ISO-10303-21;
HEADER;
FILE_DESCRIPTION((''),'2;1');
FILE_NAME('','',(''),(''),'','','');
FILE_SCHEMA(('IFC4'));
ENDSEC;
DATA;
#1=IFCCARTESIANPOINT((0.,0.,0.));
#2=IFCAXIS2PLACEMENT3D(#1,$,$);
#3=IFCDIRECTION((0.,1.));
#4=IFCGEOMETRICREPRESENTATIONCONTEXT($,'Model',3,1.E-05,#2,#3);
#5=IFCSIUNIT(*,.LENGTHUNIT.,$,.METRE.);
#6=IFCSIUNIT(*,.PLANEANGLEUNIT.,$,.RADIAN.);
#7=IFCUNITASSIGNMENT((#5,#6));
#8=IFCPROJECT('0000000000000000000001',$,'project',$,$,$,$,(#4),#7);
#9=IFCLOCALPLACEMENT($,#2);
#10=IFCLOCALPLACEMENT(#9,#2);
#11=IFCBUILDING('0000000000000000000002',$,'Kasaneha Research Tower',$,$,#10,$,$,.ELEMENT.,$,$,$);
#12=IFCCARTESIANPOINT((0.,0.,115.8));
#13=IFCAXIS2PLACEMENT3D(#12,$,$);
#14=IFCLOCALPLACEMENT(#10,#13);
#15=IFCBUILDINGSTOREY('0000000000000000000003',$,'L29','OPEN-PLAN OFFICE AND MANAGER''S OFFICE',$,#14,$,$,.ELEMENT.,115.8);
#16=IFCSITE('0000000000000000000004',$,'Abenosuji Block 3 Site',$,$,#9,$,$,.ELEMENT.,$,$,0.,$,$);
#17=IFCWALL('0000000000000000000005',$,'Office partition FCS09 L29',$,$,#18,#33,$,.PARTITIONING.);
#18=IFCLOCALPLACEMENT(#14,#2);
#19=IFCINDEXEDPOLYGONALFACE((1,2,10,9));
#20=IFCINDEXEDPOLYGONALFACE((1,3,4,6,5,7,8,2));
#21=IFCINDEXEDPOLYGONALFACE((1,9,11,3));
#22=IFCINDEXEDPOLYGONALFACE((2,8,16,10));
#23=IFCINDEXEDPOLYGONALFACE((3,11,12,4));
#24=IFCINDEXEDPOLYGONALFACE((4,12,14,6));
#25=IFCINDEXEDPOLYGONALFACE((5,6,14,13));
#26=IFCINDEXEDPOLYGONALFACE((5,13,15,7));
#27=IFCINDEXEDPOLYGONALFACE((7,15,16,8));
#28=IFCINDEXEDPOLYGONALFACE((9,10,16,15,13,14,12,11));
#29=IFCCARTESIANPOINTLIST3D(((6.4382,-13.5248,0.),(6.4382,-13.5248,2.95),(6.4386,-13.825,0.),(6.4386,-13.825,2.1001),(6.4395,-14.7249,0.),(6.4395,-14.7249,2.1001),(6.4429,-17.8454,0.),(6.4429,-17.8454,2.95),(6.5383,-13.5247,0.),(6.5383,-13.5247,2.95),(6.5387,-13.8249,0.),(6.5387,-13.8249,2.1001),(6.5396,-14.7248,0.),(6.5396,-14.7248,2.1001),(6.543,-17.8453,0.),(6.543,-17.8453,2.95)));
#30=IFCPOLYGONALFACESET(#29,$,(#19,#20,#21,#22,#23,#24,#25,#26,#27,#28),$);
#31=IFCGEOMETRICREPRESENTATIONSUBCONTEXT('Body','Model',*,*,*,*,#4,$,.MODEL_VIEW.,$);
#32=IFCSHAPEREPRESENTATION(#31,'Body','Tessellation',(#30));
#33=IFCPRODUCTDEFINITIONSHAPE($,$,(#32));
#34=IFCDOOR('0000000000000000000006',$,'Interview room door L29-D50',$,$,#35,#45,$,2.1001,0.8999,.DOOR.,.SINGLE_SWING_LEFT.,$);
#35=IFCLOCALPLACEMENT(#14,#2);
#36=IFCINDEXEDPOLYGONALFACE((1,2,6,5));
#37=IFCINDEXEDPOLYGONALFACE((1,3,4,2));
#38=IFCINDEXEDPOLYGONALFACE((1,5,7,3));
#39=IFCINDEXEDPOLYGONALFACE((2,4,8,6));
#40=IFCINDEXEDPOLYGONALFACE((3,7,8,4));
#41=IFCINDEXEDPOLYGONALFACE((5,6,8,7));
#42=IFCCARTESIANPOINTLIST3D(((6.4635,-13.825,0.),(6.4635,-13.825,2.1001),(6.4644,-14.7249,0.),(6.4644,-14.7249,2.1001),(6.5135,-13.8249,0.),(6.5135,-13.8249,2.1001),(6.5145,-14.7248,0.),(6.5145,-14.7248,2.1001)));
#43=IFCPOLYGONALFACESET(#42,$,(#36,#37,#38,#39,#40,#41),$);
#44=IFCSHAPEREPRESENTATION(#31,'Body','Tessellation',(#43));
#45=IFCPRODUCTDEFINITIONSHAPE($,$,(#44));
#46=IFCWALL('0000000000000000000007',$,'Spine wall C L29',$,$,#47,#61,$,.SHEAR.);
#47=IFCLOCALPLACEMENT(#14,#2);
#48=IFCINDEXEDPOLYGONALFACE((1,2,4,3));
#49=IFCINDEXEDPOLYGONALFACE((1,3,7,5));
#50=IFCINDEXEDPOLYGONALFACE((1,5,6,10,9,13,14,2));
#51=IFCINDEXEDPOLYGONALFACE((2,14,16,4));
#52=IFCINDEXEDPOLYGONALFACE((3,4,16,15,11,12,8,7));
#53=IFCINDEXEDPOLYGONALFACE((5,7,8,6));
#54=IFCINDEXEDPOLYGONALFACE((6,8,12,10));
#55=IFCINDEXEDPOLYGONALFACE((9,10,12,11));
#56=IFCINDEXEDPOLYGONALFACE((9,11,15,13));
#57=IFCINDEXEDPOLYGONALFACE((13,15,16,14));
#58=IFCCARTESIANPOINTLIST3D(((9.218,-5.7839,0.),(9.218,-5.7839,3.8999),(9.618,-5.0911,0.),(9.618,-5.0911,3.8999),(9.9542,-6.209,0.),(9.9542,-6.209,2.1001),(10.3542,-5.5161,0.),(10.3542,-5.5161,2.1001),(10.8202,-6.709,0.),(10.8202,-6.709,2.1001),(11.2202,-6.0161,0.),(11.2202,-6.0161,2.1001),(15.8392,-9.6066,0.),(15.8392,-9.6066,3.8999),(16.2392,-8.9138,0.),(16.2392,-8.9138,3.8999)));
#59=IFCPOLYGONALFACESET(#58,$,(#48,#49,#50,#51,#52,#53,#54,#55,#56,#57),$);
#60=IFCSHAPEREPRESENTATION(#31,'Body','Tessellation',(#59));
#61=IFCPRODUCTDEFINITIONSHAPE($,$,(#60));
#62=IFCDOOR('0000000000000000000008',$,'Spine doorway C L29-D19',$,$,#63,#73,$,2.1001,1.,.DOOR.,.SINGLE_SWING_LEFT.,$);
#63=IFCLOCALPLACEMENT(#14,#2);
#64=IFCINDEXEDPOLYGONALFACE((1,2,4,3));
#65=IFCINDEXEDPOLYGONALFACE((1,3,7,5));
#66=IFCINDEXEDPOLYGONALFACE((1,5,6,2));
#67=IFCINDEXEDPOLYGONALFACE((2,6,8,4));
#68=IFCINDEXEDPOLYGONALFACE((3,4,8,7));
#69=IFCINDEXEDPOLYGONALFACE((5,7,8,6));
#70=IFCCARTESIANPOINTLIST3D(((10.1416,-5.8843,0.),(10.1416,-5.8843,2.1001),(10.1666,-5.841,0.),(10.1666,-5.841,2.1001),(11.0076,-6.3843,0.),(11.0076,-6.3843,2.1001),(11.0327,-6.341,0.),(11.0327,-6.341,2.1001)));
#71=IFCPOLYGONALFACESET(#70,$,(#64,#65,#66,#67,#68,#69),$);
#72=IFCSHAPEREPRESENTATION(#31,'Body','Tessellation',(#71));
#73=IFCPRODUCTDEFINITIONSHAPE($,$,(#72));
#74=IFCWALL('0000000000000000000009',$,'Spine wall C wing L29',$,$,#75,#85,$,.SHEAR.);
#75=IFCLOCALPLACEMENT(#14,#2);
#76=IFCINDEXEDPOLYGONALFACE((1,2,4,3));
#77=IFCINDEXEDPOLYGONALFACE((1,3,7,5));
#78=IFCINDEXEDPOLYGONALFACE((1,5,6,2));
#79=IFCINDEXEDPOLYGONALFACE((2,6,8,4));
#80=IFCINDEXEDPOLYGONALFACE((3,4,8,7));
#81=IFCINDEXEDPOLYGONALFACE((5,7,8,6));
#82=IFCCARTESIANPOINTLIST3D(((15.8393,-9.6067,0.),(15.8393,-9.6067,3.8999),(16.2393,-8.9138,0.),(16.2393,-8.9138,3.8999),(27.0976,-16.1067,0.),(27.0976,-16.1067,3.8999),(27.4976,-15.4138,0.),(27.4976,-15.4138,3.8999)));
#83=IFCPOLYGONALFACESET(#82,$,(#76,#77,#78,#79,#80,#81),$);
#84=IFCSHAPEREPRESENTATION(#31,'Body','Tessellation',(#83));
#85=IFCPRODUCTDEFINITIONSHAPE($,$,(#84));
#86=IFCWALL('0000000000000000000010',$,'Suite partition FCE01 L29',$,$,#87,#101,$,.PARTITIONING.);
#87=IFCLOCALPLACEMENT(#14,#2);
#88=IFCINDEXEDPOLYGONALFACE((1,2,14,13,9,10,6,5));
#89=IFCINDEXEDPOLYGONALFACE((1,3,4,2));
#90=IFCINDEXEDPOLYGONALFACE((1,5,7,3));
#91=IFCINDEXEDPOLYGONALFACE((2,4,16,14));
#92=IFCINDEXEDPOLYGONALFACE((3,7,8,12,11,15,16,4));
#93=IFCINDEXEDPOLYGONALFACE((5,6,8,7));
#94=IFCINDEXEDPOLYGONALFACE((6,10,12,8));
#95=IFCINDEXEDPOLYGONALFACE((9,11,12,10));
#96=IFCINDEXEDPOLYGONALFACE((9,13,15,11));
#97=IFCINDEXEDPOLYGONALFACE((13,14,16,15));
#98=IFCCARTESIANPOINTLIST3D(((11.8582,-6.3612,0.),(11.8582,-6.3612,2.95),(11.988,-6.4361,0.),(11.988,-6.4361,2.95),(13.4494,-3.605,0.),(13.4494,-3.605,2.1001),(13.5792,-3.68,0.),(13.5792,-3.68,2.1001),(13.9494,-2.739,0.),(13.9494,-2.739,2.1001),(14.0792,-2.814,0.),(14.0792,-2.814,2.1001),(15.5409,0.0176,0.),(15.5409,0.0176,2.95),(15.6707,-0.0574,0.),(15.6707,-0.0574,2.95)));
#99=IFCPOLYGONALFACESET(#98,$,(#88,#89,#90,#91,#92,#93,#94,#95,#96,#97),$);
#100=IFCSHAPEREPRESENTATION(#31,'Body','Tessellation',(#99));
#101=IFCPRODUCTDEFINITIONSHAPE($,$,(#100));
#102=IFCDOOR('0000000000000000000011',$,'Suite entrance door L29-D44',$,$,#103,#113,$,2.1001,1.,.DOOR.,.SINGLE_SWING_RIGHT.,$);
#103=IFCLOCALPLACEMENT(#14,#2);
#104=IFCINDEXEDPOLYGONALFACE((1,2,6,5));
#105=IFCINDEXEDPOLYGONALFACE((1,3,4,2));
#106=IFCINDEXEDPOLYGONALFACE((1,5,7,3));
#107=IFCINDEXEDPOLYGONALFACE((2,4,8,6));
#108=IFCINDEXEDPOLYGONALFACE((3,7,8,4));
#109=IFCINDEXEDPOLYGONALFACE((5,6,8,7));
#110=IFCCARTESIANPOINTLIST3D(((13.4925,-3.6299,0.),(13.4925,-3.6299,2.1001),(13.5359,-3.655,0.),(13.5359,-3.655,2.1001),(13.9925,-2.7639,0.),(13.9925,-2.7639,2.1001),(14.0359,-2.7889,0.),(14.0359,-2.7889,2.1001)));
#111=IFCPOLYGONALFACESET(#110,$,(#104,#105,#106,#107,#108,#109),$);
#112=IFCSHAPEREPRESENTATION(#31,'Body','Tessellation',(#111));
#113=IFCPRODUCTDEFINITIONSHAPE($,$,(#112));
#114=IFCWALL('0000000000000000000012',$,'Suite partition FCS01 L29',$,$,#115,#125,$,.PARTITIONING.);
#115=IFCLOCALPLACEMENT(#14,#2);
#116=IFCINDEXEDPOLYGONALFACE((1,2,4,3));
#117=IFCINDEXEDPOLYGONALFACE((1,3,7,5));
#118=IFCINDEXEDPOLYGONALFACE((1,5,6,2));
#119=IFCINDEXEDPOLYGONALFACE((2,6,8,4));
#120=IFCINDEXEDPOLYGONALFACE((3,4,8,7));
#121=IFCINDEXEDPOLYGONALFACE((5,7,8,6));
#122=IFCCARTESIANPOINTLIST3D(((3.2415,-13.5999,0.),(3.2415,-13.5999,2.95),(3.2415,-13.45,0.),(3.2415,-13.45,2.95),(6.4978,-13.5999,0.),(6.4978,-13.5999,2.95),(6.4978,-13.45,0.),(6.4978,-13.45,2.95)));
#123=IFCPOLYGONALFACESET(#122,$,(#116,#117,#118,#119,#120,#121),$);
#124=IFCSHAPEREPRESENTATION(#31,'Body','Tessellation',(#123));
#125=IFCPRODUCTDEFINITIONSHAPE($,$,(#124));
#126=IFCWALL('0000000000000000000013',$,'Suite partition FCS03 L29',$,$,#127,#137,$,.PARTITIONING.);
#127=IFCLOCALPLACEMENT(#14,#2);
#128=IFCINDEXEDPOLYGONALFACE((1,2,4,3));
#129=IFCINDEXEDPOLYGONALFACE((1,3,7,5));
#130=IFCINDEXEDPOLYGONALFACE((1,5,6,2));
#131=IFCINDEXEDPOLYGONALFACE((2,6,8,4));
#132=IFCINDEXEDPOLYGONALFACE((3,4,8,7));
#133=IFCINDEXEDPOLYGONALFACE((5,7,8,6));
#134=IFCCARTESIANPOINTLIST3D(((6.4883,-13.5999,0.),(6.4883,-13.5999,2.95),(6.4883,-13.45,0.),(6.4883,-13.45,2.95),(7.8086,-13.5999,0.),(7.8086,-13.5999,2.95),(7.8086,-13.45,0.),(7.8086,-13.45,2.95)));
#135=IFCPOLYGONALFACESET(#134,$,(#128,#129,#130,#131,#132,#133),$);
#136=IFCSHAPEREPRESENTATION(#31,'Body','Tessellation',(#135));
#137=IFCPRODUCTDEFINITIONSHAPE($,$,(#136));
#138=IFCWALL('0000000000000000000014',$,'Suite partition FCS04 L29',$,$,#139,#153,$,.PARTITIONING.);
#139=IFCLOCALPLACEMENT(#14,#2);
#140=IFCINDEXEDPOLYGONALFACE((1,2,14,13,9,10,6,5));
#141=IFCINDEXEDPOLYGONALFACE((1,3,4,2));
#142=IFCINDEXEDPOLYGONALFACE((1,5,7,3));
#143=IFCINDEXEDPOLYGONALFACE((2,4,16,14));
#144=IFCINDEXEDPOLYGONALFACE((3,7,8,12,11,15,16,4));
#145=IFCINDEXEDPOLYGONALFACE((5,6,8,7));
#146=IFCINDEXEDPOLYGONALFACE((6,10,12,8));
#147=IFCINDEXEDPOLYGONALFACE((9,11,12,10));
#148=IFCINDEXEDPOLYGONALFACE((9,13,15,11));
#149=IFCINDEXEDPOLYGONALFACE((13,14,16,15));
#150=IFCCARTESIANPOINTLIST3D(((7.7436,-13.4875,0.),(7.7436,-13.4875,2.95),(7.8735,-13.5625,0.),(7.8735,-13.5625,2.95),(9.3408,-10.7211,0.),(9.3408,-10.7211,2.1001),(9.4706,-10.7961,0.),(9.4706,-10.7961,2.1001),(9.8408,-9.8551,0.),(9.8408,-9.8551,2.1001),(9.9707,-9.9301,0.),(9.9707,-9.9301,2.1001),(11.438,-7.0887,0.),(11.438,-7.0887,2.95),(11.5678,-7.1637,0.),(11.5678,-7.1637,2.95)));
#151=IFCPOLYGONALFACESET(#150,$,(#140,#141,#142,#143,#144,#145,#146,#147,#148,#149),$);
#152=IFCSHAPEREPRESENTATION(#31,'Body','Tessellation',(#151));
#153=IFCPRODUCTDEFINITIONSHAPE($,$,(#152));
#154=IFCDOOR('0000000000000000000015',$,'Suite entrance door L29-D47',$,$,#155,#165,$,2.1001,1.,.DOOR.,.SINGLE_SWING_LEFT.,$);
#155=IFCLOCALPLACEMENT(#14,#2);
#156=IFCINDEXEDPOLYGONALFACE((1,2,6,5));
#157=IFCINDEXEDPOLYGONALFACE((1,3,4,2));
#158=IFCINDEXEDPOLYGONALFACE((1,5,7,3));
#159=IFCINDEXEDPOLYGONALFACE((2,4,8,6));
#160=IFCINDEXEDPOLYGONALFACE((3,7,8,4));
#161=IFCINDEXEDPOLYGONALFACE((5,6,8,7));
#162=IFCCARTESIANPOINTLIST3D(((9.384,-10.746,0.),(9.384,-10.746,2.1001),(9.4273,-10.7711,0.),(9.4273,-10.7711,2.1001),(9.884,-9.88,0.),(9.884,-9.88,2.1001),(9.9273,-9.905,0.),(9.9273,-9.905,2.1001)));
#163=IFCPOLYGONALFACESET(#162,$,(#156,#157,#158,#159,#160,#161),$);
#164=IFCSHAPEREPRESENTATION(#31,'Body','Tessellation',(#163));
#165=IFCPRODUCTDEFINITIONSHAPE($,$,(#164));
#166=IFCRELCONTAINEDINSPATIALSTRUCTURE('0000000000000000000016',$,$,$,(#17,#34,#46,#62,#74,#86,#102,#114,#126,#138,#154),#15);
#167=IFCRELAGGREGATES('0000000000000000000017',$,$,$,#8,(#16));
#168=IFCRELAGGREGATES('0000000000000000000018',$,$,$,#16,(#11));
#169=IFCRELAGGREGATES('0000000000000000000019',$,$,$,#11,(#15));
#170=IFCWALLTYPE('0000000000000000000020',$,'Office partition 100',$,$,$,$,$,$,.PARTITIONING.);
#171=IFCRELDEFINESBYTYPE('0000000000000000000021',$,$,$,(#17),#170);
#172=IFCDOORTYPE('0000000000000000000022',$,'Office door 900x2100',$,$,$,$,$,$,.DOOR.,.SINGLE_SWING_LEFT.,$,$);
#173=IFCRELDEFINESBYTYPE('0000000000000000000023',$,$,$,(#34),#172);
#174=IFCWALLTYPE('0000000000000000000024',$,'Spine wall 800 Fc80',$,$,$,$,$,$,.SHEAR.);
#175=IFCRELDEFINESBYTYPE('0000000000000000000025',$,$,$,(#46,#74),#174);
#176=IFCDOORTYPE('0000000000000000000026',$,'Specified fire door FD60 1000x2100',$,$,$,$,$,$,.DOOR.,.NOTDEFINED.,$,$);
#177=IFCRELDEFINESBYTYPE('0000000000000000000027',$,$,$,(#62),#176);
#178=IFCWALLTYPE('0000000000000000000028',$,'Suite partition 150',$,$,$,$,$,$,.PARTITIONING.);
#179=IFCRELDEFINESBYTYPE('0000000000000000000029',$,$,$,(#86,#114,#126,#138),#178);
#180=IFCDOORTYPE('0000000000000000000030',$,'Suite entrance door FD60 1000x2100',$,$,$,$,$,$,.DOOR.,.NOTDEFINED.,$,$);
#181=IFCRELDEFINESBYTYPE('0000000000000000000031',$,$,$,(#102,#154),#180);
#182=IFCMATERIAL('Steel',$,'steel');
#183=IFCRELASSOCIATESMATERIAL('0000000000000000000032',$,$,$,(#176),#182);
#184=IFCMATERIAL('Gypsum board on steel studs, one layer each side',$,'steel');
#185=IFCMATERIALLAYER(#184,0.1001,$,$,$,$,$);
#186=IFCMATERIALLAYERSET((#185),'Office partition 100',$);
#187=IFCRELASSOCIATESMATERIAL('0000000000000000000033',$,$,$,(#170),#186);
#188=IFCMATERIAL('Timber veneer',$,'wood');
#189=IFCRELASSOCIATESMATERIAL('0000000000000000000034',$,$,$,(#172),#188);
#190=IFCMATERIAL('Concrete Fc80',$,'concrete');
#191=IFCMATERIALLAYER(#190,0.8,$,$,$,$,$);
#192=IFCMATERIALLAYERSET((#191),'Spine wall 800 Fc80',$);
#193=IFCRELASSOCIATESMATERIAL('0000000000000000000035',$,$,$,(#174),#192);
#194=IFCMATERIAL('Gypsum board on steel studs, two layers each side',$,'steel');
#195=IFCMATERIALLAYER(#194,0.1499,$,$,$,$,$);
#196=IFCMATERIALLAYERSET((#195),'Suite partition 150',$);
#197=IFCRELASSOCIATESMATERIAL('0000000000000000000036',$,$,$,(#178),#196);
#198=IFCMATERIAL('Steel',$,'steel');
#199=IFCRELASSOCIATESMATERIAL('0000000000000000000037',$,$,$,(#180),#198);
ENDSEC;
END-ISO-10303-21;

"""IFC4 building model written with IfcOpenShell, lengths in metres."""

from ifc_helpers import new_model, si_unit, direction, frame, frame_2d, origin, place, context, subcontext, project, spatial, rectangle, extrude, material, layer, layer_set, type_object, element, fill, save


model = new_model("IFC4")

# Units and contexts
model_context = context("Model", 3, precision=1e-05, world=origin(), true_north=direction((0.0, 1.0)))
body_context = subcontext(model_context, "Body", "Model", "MODEL_VIEW")
ifc_project = project(units=[si_unit("LENGTHUNIT", "METRE"), si_unit("PLANEANGLEUNIT", "RADIAN")], contexts=[model_context])

# Site, building, storey
site_placement = place(None, origin())
site = spatial("IfcSite", under=ifc_project, at=site_placement, Name="Abenosuji Block 3 Site", CompositionType="ELEMENT", RefElevation=0.0)
building_placement = place(site_placement, origin())
building = spatial("IfcBuilding", under=site, at=building_placement, Name="Kasaneha Research Tower", CompositionType="ELEMENT")
storey_placement = place(building_placement, frame((0.0, 0.0, 115.8)))
storey = spatial("IfcBuildingStorey", under=building, at=storey_placement, Name="L29", Description="OPEN-PLAN OFFICE AND MANAGER'S OFFICE", CompositionType="ELEMENT", Elevation=115.8)

# Shared definitions
ifc_material_1 = material(Name="Steel", Category="steel")
door_type_1 = type_object("IfcDoorType", Name="Specified fire door FD60 1000x2100", OperationType="NOTDEFINED", PredefinedType="DOOR", material=ifc_material_1)

# Walls, openings, doors
ifc_material_2 = material(Name="Gypsum board on steel studs, one layer each side", Category="steel")
ifc_layer_1 = layer(ifc_material_2, 0.1001)
ifc_layer_set_1 = layer_set([ifc_layer_1], Name="Office partition 100")
wall_type_1 = type_object("IfcWallType", Name="Office partition 100", PredefinedType="PARTITIONING", material=ifc_layer_set_1)
wall_1_placement = place(storey_placement, frame((6.4883, -13.5249, 0.0), z_axis=(0.0, 0.0, 1.0), x_axis=(0.001074, -0.999999, 0.0)))
wall_1 = element("IfcWall", 1, at=wall_1_placement, inside=storey, type_object=wall_type_1, Name="Office partition FCS09 L29", PredefinedType="PARTITIONING", context=body_context, shape_type="SweptSolid", body=[
    extrude(rectangle(XDim=4.3206, YDim=0.1001, at=frame_2d((2.1602, 0.0))), origin(), (0.0, 0.0, 1.0), 2.95),
])
opening_1_placement = place(wall_1_placement, frame((0.3, 0.0, 0.0)))
opening_1 = element("IfcOpeningElement", 2, at=opening_1_placement, cuts=wall_1, PredefinedType="OPENING", context=body_context, shape_type="SweptSolid", body=[
    extrude(rectangle(XDim=0.8999, YDim=2.1001, at=frame_2d((0.45, 1.05))), frame((0.0, 0.0601, 0.0), z_axis=(0.0, -1.0, 0.0), x_axis=(1.0, 0.0, 0.0)), (0.0, 0.0, 1.0), 0.1201),
])
ifc_material_3 = material(Name="Timber veneer", Category="wood")
door_type_2 = type_object("IfcDoorType", Name="Office door 900x2100", OperationType="SINGLE_SWING_LEFT", PredefinedType="DOOR", material=ifc_material_3)
door_1_placement = place(opening_1_placement, origin())
door_1 = element("IfcDoor", 3, at=door_1_placement, inside=storey, type_object=door_type_2, Name="Interview room door L29-D50", OperationType="SINGLE_SWING_LEFT", OverallHeight=2.1001, OverallWidth=0.8999, PredefinedType="DOOR", context=body_context, shape_type="SweptSolid", body=[
    extrude(rectangle(XDim=0.8999, YDim=2.1001, at=frame_2d((0.45, 1.05))), frame((0.0, 0.0249, 0.0), z_axis=(0.0, -1.0, 0.0), x_axis=(1.0, 0.0, 0.0)), (0.0, 0.0, 1.0), 0.05),
])
fill(opening_1, door_1)
ifc_material_4 = material(Name="Concrete Fc80", Category="concrete")
ifc_layer_2 = layer(ifc_material_4, 0.8)
ifc_layer_set_2 = layer_set([ifc_layer_2], Name="Spine wall 800 Fc80")
wall_type_2 = type_object("IfcWallType", Name="Spine wall 800 Fc80", PredefinedType="SHEAR", material=ifc_layer_set_2)
wall_2_placement = place(storey_placement, frame((9.418, -5.4375, 0.0), z_axis=(0.0, 0.0, 1.0), x_axis=(0.86603, -0.499992, 0.0)))
wall_2 = element("IfcWall", 4, at=wall_2_placement, inside=storey, type_object=wall_type_2, Name="Spine wall C L29", PredefinedType="SHEAR", context=body_context, shape_type="SweptSolid", body=[
    extrude(rectangle(XDim=7.6455, YDim=0.8, at=frame_2d((3.8228, 0.0))), origin(), (0.0, 0.0, 1.0), 3.8999),
])
opening_2_placement = place(wall_2_placement, frame((0.8501, 0.0, 0.0)))
opening_2 = element("IfcOpeningElement", 5, at=opening_2_placement, cuts=wall_2, PredefinedType="OPENING", context=body_context, shape_type="SweptSolid", body=[
    extrude(rectangle(XDim=1.0, YDim=2.1001, at=frame_2d((0.5, 1.05))), frame((0.0, 0.4102, 0.0), z_axis=(0.0, -1.0, 0.0), x_axis=(1.0, 0.0, 0.0)), (0.0, 0.0, 1.0), 0.8201),
])
door_2_placement = place(opening_2_placement, origin())
door_2 = element("IfcDoor", 6, at=door_2_placement, inside=storey, type_object=door_type_1, Name="Spine doorway C L29-D19", OperationType="SINGLE_SWING_LEFT", OverallHeight=2.1001, OverallWidth=1.0, PredefinedType="DOOR", context=body_context, shape_type="SweptSolid", body=[
    extrude(rectangle(XDim=1.0, YDim=2.1001, at=frame_2d((0.5, 1.05))), frame((0.0, 0.0249, 0.0), z_axis=(0.0, -1.0, 0.0), x_axis=(1.0, 0.0, 0.0)), (0.0, 0.0, 1.0), 0.05),
])
fill(opening_2, door_2)

# Wall
wall_3_placement = place(storey_placement, frame((16.0393, -9.2603, 0.0), z_axis=(0.0, 0.0, 1.0), x_axis=(0.866025, -0.500001, 0.0)))
element("IfcWall", 7, at=wall_3_placement, inside=storey, type_object=wall_type_2, Name="Spine wall C wing L29", PredefinedType="SHEAR", context=body_context, shape_type="SweptSolid", body=[
    extrude(rectangle(XDim=13.0, YDim=0.8, at=frame_2d((6.5, 0.0))), origin(), (0.0, 0.0, 1.0), 3.8999),
])

# Wall, opening, door
ifc_material_5 = material(Name="Gypsum board on steel studs, two layers each side", Category="steel")
ifc_layer_3 = layer(ifc_material_5, 0.1499)
ifc_layer_set_3 = layer_set([ifc_layer_3], Name="Suite partition 150")
wall_type_3 = type_object("IfcWallType", Name="Suite partition 150", PredefinedType="PARTITIONING", material=ifc_layer_set_3)
wall_4_placement = place(storey_placement, frame((15.6057, -0.02, 0.0), z_axis=(0.0, 0.0, 1.0), x_axis=(-0.499989, -0.866032, 0.0)))
wall_4 = element("IfcWall", 8, at=wall_4_placement, inside=storey, type_object=wall_type_3, Name="Suite partition FCE01 L29", PredefinedType="PARTITIONING", context=body_context, shape_type="SweptSolid", body=[
    extrude(rectangle(XDim=7.3655, YDim=0.1499, at=frame_2d((3.6826, 0.0))), origin(), (0.0, 0.0, 1.0), 2.95),
])
opening_3_placement = place(wall_4_placement, frame((3.1829, 0.0, 0.0)))
opening_3 = element("IfcOpeningElement", 9, at=opening_3_placement, cuts=wall_4, PredefinedType="OPENING", context=body_context, shape_type="SweptSolid", body=[
    extrude(rectangle(XDim=1.0, YDim=2.1001, at=frame_2d((0.5, 1.05))), frame((0.0, 0.085, 0.0), z_axis=(0.0, -1.0, 0.0), x_axis=(1.0, 0.0, 0.0)), (0.0, 0.0, 1.0), 0.1699),
])
ifc_material_6 = material(Name="Steel", Category="steel")
door_type_3 = type_object("IfcDoorType", Name="Suite entrance door FD60 1000x2100", OperationType="NOTDEFINED", PredefinedType="DOOR", material=ifc_material_6)
door_3_placement = place(opening_3_placement, origin())
door_3 = element("IfcDoor", 10, at=door_3_placement, inside=storey, type_object=door_type_3, Name="Suite entrance door L29-D44", OperationType="SINGLE_SWING_RIGHT", OverallHeight=2.1001, OverallWidth=1.0, PredefinedType="DOOR", context=body_context, shape_type="SweptSolid", body=[
    extrude(rectangle(XDim=1.0, YDim=2.1001, at=frame_2d((0.5, 1.05))), frame((0.0, 0.0249, 0.0), z_axis=(0.0, -1.0, 0.0), x_axis=(1.0, 0.0, 0.0)), (0.0, 0.0, 1.0), 0.05),
])
fill(opening_3, door_3)

# Walls
wall_5_placement = place(storey_placement, frame((6.4978, -13.5249, 0.0), z_axis=(0.0, 0.0, 1.0), x_axis=(-1.0, 0.0, 0.0)))
element("IfcWall", 11, at=wall_5_placement, inside=storey, type_object=wall_type_3, Name="Suite partition FCS01 L29", PredefinedType="PARTITIONING", context=body_context, shape_type="SweptSolid", body=[
    extrude(rectangle(XDim=3.2563, YDim=0.1499, at=frame_2d((1.6282, 0.0))), origin(), (0.0, 0.0, 1.0), 2.95),
])
wall_6_placement = place(storey_placement, frame((7.8086, -13.5249, 0.0), z_axis=(0.0, 0.0, 1.0), x_axis=(-1.0, 0.0, 0.0)))
element("IfcWall", 12, at=wall_6_placement, inside=storey, type_object=wall_type_3, Name="Suite partition FCS03 L29", PredefinedType="PARTITIONING", context=body_context, shape_type="SweptSolid", body=[
    extrude(rectangle(XDim=1.3203, YDim=0.1499, at=frame_2d((0.6602, 0.0))), origin(), (0.0, 0.0, 1.0), 2.95),
])

# Wall, opening, door
wall_7_placement = place(storey_placement, frame((11.5029, -7.1262, 0.0), z_axis=(0.0, 0.0, 1.0), x_axis=(-0.500006, -0.866022, 0.0)))
wall_7 = element("IfcWall", 13, at=wall_7_placement, inside=storey, type_object=wall_type_3, Name="Suite partition FCS04 L29", PredefinedType="PARTITIONING", context=body_context, shape_type="SweptSolid", body=[
    extrude(rectangle(XDim=7.3887, YDim=0.1499, at=frame_2d((3.6943, 0.0))), origin(), (0.0, 0.0, 1.0), 2.95),
])
opening_4_placement = place(wall_7_placement, frame((3.1943, 0.0, 0.0)))
opening_4 = element("IfcOpeningElement", 14, at=opening_4_placement, cuts=wall_7, PredefinedType="OPENING", context=body_context, shape_type="SweptSolid", body=[
    extrude(rectangle(XDim=1.0, YDim=2.1001, at=frame_2d((0.5, 1.05))), frame((0.0, 0.085, 0.0), z_axis=(0.0, -1.0, 0.0), x_axis=(1.0, 0.0, 0.0)), (0.0, 0.0, 1.0), 0.1699),
])
door_4_placement = place(opening_4_placement, origin())
door_4 = element("IfcDoor", 15, at=door_4_placement, inside=storey, type_object=door_type_3, Name="Suite entrance door L29-D47", OperationType="SINGLE_SWING_LEFT", OverallHeight=2.1001, OverallWidth=1.0, PredefinedType="DOOR", context=body_context, shape_type="SweptSolid", body=[
    extrude(rectangle(XDim=1.0, YDim=2.1001, at=frame_2d((0.5, 1.05))), frame((0.0, 0.0249, 0.0), z_axis=(0.0, -1.0, 0.0), x_axis=(1.0, 0.0, 0.0)), (0.0, 0.0, 1.0), 0.05),
])
fill(opening_4, door_4)

save(model, "model.ifc")
